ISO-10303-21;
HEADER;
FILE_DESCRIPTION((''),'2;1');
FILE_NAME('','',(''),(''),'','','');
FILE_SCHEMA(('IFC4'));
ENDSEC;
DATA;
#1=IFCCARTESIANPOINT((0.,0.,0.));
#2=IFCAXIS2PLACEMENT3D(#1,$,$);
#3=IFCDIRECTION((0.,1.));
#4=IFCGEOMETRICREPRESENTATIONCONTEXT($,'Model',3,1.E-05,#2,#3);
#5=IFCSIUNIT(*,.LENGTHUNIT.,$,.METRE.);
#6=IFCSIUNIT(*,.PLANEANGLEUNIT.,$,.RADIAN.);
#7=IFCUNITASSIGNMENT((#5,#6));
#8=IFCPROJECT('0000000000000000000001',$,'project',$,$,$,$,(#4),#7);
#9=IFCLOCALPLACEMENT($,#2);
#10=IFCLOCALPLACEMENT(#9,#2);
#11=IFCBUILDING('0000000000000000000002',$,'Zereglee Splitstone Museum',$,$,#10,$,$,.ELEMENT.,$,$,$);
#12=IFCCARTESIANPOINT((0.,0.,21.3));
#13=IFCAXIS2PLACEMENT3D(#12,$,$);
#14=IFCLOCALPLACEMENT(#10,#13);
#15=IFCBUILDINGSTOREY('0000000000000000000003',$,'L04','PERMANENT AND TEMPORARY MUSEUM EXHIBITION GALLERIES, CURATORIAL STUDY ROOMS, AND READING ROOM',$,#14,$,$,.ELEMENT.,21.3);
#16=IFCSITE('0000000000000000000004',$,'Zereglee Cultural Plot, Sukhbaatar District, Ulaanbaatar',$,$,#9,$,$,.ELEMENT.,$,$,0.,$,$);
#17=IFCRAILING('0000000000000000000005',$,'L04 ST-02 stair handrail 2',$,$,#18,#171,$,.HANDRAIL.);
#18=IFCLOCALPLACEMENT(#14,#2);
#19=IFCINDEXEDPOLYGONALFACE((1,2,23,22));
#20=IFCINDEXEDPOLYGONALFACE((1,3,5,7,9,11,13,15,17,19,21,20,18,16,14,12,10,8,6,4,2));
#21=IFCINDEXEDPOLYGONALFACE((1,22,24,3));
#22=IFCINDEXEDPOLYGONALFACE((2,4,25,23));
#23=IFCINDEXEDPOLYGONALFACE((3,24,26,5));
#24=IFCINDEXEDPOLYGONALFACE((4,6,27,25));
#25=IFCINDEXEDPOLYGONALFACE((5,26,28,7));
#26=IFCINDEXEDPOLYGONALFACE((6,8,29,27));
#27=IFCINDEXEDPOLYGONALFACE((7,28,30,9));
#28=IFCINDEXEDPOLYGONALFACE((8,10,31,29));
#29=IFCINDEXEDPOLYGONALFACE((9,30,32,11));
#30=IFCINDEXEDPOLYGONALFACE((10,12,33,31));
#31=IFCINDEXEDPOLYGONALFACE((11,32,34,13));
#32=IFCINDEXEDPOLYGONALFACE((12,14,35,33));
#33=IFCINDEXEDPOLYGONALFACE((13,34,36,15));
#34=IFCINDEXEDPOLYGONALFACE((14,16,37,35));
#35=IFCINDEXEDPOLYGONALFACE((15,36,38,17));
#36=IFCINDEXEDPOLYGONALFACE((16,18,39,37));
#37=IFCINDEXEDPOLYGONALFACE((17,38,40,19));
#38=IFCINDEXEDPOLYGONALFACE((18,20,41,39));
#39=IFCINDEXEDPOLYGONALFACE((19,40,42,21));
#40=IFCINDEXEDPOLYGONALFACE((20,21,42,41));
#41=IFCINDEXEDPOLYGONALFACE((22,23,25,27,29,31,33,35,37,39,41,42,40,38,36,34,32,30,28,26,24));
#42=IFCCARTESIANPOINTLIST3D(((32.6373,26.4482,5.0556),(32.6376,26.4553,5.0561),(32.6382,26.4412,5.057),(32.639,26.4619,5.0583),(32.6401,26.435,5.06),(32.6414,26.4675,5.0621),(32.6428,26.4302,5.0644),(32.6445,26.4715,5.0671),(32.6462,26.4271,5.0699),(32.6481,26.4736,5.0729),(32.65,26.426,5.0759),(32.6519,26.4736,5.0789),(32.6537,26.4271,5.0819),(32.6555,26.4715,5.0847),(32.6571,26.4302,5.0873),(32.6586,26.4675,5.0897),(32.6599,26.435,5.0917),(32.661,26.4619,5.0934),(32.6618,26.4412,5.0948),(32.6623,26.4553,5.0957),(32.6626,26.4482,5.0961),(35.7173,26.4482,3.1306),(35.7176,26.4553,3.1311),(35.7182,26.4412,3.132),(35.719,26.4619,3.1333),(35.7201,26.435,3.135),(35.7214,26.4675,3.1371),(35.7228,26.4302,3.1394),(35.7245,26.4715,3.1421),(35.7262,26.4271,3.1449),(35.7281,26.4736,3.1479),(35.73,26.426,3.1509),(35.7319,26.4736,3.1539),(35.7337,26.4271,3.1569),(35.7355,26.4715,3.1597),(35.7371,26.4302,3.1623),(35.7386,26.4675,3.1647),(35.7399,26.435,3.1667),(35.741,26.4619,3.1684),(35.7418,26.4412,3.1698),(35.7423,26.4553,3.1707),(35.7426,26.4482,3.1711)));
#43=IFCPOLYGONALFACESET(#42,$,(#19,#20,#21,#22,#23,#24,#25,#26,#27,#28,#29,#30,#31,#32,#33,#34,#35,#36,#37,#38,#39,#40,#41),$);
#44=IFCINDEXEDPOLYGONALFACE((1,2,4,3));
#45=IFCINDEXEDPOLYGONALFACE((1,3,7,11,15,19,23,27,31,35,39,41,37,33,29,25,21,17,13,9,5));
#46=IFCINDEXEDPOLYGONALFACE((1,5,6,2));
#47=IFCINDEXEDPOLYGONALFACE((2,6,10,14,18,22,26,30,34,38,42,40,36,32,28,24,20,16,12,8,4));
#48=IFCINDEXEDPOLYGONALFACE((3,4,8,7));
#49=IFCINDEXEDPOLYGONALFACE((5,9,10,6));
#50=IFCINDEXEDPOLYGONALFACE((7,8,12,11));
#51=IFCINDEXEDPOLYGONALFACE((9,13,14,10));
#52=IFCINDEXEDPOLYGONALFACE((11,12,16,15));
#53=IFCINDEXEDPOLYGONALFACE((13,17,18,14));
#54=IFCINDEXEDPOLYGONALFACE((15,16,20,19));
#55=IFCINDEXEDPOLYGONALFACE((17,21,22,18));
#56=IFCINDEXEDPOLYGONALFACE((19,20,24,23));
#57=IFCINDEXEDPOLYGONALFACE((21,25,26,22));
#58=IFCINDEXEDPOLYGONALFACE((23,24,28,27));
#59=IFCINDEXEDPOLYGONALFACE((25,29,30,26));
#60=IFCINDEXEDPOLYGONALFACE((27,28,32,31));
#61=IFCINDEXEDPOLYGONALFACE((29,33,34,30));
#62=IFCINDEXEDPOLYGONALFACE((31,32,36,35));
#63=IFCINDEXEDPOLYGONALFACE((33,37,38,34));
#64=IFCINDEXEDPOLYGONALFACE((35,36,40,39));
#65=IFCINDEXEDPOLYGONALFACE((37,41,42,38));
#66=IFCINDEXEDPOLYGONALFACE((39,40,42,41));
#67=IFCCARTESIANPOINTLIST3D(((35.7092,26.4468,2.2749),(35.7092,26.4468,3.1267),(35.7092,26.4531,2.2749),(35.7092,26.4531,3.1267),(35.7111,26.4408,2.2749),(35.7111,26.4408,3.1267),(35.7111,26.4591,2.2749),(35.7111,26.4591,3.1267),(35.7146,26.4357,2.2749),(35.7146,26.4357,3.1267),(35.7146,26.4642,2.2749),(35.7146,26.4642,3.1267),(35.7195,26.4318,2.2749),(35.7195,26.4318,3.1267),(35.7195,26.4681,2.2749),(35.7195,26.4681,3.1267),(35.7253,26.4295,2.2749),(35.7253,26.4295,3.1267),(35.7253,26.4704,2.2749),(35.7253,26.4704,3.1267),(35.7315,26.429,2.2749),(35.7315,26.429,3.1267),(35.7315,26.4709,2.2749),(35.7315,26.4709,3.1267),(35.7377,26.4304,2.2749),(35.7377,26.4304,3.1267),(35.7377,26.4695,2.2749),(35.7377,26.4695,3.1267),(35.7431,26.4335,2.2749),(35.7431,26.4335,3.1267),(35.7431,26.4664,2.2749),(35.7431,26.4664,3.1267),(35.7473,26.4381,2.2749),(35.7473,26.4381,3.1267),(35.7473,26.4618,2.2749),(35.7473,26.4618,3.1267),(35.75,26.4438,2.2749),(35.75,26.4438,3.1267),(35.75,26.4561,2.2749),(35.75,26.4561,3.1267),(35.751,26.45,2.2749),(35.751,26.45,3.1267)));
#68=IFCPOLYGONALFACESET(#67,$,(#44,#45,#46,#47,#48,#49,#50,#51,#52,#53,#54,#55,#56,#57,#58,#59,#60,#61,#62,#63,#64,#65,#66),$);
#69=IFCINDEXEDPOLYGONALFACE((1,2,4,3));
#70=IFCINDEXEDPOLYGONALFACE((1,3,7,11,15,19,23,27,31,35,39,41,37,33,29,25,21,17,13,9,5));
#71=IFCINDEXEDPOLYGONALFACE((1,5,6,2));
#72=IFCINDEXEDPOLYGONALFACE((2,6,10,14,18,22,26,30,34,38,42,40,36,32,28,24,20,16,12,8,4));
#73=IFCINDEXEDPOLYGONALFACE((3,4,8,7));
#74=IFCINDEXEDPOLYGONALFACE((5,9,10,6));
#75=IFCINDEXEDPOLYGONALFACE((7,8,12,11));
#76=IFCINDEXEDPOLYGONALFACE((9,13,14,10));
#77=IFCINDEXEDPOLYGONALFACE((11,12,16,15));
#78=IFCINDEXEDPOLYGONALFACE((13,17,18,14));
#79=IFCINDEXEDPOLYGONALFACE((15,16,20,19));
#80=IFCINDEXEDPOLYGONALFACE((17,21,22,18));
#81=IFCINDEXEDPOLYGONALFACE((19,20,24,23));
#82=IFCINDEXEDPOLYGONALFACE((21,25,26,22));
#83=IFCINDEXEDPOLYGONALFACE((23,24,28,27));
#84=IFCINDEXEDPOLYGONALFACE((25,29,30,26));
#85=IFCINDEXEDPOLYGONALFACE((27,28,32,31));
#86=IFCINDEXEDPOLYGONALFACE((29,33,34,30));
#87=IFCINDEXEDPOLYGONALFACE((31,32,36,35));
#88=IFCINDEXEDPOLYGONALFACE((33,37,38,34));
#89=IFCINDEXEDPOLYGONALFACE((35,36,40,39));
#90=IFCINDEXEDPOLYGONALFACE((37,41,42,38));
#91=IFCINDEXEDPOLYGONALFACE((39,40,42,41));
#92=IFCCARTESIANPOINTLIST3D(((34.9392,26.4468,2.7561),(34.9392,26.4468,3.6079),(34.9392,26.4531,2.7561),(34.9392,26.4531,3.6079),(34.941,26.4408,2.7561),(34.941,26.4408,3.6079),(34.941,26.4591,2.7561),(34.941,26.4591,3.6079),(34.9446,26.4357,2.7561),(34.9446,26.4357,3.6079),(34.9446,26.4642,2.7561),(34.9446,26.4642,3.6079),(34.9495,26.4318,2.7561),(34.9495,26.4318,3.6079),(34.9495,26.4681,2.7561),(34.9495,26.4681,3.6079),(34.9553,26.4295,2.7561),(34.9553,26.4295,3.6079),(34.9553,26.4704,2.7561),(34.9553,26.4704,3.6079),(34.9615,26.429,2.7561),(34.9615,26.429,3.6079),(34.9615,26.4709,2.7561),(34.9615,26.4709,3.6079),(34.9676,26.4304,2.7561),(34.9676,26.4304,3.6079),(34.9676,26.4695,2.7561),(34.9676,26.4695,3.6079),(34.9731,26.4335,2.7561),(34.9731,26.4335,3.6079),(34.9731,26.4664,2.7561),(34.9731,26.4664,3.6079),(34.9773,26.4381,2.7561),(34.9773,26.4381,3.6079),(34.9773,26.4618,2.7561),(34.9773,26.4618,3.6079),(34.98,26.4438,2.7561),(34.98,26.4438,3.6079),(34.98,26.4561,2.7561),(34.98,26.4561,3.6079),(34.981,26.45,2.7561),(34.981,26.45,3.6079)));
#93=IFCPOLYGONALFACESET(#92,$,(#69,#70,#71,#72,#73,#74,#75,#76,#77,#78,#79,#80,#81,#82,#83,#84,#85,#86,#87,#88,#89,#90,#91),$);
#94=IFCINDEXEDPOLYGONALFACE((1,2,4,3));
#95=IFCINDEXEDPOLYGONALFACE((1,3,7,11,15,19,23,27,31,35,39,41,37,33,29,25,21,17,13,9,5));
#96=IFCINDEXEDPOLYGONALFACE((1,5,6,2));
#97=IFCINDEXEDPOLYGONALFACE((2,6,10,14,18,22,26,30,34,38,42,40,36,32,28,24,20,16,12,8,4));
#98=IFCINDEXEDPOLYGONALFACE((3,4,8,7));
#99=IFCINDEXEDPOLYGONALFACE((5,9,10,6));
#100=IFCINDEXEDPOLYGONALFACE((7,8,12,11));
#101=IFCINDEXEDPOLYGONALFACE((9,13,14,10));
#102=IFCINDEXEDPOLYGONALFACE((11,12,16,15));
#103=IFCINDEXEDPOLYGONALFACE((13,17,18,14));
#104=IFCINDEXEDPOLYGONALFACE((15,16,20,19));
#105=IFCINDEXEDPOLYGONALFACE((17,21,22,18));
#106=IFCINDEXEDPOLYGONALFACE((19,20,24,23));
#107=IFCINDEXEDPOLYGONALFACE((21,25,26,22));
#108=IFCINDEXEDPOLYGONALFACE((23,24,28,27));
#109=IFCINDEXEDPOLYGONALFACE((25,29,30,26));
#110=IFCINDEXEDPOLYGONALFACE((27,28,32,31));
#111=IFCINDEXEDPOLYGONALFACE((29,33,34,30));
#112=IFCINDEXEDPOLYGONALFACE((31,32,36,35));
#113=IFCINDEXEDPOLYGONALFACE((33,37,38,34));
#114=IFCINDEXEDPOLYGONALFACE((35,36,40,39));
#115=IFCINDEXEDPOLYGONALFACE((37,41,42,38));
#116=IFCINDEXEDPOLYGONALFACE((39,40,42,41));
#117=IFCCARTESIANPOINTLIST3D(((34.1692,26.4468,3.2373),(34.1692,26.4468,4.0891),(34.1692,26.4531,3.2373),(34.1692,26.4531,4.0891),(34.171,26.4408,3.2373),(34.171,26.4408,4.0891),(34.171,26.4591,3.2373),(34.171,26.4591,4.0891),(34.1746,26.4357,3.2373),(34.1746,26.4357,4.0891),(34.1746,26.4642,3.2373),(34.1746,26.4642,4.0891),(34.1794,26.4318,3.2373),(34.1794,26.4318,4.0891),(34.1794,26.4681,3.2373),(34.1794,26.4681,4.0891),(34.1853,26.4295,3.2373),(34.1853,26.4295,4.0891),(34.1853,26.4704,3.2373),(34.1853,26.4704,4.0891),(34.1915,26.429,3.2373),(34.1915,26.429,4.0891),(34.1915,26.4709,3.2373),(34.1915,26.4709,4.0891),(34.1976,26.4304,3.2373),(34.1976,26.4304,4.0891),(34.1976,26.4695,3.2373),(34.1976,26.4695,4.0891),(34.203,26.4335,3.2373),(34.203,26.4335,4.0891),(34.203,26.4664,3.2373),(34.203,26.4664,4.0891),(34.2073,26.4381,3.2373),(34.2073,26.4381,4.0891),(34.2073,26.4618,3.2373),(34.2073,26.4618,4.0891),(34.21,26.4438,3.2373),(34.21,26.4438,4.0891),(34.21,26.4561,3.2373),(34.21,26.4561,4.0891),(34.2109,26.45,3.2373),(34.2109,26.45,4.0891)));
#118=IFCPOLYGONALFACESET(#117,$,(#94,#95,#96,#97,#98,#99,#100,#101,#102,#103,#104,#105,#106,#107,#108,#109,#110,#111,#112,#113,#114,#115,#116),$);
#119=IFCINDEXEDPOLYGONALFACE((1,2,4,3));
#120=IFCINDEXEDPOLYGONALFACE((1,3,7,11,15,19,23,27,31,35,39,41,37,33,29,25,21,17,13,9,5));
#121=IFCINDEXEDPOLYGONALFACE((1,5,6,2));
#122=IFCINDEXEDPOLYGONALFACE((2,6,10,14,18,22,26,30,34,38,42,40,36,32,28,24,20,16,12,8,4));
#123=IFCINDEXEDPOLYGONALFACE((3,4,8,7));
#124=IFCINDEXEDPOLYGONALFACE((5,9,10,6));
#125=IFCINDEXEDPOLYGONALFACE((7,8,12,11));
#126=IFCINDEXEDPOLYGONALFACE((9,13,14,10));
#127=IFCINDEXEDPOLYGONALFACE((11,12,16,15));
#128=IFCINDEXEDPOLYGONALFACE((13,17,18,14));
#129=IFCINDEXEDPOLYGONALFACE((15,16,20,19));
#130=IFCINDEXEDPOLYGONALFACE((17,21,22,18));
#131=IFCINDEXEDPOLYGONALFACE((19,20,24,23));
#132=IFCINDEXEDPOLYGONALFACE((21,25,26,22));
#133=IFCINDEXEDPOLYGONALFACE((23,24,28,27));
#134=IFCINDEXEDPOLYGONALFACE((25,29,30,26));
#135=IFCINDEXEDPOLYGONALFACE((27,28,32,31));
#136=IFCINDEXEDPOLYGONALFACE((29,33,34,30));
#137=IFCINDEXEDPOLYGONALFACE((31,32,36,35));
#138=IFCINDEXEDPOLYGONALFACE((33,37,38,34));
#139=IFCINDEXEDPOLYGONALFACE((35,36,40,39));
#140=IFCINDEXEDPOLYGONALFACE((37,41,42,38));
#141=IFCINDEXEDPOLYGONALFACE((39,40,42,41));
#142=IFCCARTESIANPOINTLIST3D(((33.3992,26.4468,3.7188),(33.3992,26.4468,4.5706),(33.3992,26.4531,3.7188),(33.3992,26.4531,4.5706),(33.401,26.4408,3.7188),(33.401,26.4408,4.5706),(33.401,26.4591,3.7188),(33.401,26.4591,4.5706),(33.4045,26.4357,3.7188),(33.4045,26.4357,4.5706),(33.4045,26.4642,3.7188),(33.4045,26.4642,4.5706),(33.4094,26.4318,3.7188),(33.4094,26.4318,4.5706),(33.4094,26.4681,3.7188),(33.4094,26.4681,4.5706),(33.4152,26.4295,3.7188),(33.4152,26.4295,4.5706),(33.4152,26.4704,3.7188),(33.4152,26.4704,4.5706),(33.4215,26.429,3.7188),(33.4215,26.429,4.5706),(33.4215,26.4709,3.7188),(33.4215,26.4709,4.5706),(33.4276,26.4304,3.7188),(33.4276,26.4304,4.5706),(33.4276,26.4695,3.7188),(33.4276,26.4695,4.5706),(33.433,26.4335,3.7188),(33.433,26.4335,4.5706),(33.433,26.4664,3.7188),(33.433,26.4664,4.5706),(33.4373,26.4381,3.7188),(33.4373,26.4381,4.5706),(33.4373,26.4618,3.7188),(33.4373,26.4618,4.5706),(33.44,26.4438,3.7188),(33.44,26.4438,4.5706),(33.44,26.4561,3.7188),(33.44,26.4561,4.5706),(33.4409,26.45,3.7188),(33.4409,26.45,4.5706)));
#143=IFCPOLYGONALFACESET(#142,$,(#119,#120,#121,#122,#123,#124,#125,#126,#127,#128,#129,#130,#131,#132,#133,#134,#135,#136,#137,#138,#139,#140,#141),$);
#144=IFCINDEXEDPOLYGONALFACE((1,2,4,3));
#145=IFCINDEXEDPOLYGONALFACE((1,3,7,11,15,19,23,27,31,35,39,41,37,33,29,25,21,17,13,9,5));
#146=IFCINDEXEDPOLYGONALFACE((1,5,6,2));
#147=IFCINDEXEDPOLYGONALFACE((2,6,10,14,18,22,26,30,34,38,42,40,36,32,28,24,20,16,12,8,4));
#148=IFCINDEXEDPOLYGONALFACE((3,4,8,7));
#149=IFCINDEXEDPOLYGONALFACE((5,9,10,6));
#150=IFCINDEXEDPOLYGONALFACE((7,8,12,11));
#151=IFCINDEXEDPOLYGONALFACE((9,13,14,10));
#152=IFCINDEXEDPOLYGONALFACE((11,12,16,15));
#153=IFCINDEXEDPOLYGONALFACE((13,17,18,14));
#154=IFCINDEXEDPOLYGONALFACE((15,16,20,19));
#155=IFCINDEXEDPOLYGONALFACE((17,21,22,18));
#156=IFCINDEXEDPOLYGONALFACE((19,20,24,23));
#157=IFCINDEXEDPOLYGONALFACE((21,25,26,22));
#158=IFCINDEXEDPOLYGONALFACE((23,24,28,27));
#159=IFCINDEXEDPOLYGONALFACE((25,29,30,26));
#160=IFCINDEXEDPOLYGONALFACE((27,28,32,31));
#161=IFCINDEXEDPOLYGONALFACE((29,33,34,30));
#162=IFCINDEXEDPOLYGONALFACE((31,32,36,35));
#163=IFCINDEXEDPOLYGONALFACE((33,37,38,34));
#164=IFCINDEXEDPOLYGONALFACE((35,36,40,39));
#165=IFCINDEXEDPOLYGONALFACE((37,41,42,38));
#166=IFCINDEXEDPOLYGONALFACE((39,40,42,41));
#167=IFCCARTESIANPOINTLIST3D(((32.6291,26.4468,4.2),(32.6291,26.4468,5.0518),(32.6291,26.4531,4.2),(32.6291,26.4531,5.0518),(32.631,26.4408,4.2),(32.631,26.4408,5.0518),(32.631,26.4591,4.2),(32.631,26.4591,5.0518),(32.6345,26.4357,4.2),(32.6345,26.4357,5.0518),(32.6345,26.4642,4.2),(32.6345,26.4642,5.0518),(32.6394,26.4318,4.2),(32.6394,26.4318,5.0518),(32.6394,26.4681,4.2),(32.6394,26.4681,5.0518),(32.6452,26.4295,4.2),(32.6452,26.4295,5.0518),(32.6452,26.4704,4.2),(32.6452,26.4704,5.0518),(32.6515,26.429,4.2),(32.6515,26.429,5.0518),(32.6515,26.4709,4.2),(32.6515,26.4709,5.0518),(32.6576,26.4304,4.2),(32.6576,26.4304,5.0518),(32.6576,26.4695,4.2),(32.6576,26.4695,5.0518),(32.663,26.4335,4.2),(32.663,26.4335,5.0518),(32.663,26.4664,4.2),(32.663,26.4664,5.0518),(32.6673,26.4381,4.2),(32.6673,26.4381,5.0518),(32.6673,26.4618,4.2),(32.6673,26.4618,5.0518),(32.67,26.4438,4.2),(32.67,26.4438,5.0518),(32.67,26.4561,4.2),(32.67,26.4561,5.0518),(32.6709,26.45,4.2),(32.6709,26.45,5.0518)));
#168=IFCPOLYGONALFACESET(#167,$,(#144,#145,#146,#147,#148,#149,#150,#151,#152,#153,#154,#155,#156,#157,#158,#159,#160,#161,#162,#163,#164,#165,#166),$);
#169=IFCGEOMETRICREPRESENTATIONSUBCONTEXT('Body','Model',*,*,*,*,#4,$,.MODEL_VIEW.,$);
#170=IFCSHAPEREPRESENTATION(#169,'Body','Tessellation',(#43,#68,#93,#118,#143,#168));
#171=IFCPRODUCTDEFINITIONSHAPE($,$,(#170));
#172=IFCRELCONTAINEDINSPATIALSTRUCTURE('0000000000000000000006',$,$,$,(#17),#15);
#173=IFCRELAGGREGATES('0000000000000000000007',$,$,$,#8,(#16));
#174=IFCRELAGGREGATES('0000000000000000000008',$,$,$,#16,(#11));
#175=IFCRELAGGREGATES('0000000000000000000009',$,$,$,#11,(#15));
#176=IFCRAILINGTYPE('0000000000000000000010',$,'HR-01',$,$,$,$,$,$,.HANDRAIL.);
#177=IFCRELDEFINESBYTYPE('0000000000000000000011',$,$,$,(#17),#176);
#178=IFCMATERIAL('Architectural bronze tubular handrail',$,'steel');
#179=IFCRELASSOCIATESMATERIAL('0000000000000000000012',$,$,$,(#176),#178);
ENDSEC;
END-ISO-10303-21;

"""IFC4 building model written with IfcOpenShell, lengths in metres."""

from ifc_helpers import new_model, si_unit, direction, frame, origin, origin_2d, place, context, subcontext, project, spatial, circle, extrude, material, type_object, element, save


model = new_model("IFC4")

# Units and contexts
model_context = context("Model", 3, precision=1e-05, world=origin(), true_north=direction((0.0, 1.0)))
body_context = subcontext(model_context, "Body", "Model", "MODEL_VIEW")
ifc_project = project(units=[si_unit("LENGTHUNIT", "METRE"), si_unit("PLANEANGLEUNIT", "RADIAN")], contexts=[model_context])

# Site, building, storey
site_placement = place(None, origin())
site = spatial("IfcSite", under=ifc_project, at=site_placement, Name="Zereglee Cultural Plot, Sukhbaatar District, Ulaanbaatar", CompositionType="ELEMENT", RefElevation=0.0)
building_placement = place(site_placement, origin())
building = spatial("IfcBuilding", under=site, at=building_placement, Name="Zereglee Splitstone Museum", CompositionType="ELEMENT")
storey_placement = place(building_placement, frame((0.0, 0.0, 21.3)))
storey = spatial("IfcBuildingStorey", under=building, at=storey_placement, Name="L04", Description="PERMANENT AND TEMPORARY MUSEUM EXHIBITION GALLERIES, CURATORIAL STUDY ROOMS, AND READING ROOM", CompositionType="ELEMENT", Elevation=21.3)

# Railing
ifc_material_1 = material(Name="Architectural bronze tubular handrail", Category="steel")
railing_type_1 = type_object("IfcRailingType", Name="HR-01", PredefinedType="HANDRAIL", material=ifc_material_1)
railing_1_placement = place(storey_placement, frame((35.73, 26.45, 2.2749)))
element("IfcRailing", 1, at=railing_1_placement, inside=storey, type_object=railing_type_1, Name="L04 ST-02 stair handrail 2", PredefinedType="HANDRAIL", context=body_context, shape_type="SweptSolid", body=[
    extrude(circle(Radius=0.0239, at=origin_2d()), frame((0.0, 0.0, 0.876), z_axis=(-0.847998, 0.0, 0.529999), x_axis=(0.0, -1.0, 0.0)), (0.0, 0.0, 1.0), 3.6321),
    extrude(circle(Radius=0.021, at=origin_2d()), origin(), (0.0, 0.0, 1.0), 0.8518),
    extrude(circle(Radius=0.021, at=origin_2d()), frame((-0.77, 0.0, 0.4812)), (0.0, 0.0, 1.0), 0.8518),
    extrude(circle(Radius=0.021, at=origin_2d()), frame((-1.54, 0.0, 0.9624)), (0.0, 0.0, 1.0), 0.8518),
    extrude(circle(Radius=0.021, at=origin_2d()), frame((-2.3101, 0.0, 1.4438)), (0.0, 0.0, 1.0), 0.8518),
    extrude(circle(Radius=0.021, at=origin_2d()), frame((-3.0801, 0.0, 1.925)), (0.0, 0.0, 1.0), 0.8518),
])

save(model, "model.ifc")
